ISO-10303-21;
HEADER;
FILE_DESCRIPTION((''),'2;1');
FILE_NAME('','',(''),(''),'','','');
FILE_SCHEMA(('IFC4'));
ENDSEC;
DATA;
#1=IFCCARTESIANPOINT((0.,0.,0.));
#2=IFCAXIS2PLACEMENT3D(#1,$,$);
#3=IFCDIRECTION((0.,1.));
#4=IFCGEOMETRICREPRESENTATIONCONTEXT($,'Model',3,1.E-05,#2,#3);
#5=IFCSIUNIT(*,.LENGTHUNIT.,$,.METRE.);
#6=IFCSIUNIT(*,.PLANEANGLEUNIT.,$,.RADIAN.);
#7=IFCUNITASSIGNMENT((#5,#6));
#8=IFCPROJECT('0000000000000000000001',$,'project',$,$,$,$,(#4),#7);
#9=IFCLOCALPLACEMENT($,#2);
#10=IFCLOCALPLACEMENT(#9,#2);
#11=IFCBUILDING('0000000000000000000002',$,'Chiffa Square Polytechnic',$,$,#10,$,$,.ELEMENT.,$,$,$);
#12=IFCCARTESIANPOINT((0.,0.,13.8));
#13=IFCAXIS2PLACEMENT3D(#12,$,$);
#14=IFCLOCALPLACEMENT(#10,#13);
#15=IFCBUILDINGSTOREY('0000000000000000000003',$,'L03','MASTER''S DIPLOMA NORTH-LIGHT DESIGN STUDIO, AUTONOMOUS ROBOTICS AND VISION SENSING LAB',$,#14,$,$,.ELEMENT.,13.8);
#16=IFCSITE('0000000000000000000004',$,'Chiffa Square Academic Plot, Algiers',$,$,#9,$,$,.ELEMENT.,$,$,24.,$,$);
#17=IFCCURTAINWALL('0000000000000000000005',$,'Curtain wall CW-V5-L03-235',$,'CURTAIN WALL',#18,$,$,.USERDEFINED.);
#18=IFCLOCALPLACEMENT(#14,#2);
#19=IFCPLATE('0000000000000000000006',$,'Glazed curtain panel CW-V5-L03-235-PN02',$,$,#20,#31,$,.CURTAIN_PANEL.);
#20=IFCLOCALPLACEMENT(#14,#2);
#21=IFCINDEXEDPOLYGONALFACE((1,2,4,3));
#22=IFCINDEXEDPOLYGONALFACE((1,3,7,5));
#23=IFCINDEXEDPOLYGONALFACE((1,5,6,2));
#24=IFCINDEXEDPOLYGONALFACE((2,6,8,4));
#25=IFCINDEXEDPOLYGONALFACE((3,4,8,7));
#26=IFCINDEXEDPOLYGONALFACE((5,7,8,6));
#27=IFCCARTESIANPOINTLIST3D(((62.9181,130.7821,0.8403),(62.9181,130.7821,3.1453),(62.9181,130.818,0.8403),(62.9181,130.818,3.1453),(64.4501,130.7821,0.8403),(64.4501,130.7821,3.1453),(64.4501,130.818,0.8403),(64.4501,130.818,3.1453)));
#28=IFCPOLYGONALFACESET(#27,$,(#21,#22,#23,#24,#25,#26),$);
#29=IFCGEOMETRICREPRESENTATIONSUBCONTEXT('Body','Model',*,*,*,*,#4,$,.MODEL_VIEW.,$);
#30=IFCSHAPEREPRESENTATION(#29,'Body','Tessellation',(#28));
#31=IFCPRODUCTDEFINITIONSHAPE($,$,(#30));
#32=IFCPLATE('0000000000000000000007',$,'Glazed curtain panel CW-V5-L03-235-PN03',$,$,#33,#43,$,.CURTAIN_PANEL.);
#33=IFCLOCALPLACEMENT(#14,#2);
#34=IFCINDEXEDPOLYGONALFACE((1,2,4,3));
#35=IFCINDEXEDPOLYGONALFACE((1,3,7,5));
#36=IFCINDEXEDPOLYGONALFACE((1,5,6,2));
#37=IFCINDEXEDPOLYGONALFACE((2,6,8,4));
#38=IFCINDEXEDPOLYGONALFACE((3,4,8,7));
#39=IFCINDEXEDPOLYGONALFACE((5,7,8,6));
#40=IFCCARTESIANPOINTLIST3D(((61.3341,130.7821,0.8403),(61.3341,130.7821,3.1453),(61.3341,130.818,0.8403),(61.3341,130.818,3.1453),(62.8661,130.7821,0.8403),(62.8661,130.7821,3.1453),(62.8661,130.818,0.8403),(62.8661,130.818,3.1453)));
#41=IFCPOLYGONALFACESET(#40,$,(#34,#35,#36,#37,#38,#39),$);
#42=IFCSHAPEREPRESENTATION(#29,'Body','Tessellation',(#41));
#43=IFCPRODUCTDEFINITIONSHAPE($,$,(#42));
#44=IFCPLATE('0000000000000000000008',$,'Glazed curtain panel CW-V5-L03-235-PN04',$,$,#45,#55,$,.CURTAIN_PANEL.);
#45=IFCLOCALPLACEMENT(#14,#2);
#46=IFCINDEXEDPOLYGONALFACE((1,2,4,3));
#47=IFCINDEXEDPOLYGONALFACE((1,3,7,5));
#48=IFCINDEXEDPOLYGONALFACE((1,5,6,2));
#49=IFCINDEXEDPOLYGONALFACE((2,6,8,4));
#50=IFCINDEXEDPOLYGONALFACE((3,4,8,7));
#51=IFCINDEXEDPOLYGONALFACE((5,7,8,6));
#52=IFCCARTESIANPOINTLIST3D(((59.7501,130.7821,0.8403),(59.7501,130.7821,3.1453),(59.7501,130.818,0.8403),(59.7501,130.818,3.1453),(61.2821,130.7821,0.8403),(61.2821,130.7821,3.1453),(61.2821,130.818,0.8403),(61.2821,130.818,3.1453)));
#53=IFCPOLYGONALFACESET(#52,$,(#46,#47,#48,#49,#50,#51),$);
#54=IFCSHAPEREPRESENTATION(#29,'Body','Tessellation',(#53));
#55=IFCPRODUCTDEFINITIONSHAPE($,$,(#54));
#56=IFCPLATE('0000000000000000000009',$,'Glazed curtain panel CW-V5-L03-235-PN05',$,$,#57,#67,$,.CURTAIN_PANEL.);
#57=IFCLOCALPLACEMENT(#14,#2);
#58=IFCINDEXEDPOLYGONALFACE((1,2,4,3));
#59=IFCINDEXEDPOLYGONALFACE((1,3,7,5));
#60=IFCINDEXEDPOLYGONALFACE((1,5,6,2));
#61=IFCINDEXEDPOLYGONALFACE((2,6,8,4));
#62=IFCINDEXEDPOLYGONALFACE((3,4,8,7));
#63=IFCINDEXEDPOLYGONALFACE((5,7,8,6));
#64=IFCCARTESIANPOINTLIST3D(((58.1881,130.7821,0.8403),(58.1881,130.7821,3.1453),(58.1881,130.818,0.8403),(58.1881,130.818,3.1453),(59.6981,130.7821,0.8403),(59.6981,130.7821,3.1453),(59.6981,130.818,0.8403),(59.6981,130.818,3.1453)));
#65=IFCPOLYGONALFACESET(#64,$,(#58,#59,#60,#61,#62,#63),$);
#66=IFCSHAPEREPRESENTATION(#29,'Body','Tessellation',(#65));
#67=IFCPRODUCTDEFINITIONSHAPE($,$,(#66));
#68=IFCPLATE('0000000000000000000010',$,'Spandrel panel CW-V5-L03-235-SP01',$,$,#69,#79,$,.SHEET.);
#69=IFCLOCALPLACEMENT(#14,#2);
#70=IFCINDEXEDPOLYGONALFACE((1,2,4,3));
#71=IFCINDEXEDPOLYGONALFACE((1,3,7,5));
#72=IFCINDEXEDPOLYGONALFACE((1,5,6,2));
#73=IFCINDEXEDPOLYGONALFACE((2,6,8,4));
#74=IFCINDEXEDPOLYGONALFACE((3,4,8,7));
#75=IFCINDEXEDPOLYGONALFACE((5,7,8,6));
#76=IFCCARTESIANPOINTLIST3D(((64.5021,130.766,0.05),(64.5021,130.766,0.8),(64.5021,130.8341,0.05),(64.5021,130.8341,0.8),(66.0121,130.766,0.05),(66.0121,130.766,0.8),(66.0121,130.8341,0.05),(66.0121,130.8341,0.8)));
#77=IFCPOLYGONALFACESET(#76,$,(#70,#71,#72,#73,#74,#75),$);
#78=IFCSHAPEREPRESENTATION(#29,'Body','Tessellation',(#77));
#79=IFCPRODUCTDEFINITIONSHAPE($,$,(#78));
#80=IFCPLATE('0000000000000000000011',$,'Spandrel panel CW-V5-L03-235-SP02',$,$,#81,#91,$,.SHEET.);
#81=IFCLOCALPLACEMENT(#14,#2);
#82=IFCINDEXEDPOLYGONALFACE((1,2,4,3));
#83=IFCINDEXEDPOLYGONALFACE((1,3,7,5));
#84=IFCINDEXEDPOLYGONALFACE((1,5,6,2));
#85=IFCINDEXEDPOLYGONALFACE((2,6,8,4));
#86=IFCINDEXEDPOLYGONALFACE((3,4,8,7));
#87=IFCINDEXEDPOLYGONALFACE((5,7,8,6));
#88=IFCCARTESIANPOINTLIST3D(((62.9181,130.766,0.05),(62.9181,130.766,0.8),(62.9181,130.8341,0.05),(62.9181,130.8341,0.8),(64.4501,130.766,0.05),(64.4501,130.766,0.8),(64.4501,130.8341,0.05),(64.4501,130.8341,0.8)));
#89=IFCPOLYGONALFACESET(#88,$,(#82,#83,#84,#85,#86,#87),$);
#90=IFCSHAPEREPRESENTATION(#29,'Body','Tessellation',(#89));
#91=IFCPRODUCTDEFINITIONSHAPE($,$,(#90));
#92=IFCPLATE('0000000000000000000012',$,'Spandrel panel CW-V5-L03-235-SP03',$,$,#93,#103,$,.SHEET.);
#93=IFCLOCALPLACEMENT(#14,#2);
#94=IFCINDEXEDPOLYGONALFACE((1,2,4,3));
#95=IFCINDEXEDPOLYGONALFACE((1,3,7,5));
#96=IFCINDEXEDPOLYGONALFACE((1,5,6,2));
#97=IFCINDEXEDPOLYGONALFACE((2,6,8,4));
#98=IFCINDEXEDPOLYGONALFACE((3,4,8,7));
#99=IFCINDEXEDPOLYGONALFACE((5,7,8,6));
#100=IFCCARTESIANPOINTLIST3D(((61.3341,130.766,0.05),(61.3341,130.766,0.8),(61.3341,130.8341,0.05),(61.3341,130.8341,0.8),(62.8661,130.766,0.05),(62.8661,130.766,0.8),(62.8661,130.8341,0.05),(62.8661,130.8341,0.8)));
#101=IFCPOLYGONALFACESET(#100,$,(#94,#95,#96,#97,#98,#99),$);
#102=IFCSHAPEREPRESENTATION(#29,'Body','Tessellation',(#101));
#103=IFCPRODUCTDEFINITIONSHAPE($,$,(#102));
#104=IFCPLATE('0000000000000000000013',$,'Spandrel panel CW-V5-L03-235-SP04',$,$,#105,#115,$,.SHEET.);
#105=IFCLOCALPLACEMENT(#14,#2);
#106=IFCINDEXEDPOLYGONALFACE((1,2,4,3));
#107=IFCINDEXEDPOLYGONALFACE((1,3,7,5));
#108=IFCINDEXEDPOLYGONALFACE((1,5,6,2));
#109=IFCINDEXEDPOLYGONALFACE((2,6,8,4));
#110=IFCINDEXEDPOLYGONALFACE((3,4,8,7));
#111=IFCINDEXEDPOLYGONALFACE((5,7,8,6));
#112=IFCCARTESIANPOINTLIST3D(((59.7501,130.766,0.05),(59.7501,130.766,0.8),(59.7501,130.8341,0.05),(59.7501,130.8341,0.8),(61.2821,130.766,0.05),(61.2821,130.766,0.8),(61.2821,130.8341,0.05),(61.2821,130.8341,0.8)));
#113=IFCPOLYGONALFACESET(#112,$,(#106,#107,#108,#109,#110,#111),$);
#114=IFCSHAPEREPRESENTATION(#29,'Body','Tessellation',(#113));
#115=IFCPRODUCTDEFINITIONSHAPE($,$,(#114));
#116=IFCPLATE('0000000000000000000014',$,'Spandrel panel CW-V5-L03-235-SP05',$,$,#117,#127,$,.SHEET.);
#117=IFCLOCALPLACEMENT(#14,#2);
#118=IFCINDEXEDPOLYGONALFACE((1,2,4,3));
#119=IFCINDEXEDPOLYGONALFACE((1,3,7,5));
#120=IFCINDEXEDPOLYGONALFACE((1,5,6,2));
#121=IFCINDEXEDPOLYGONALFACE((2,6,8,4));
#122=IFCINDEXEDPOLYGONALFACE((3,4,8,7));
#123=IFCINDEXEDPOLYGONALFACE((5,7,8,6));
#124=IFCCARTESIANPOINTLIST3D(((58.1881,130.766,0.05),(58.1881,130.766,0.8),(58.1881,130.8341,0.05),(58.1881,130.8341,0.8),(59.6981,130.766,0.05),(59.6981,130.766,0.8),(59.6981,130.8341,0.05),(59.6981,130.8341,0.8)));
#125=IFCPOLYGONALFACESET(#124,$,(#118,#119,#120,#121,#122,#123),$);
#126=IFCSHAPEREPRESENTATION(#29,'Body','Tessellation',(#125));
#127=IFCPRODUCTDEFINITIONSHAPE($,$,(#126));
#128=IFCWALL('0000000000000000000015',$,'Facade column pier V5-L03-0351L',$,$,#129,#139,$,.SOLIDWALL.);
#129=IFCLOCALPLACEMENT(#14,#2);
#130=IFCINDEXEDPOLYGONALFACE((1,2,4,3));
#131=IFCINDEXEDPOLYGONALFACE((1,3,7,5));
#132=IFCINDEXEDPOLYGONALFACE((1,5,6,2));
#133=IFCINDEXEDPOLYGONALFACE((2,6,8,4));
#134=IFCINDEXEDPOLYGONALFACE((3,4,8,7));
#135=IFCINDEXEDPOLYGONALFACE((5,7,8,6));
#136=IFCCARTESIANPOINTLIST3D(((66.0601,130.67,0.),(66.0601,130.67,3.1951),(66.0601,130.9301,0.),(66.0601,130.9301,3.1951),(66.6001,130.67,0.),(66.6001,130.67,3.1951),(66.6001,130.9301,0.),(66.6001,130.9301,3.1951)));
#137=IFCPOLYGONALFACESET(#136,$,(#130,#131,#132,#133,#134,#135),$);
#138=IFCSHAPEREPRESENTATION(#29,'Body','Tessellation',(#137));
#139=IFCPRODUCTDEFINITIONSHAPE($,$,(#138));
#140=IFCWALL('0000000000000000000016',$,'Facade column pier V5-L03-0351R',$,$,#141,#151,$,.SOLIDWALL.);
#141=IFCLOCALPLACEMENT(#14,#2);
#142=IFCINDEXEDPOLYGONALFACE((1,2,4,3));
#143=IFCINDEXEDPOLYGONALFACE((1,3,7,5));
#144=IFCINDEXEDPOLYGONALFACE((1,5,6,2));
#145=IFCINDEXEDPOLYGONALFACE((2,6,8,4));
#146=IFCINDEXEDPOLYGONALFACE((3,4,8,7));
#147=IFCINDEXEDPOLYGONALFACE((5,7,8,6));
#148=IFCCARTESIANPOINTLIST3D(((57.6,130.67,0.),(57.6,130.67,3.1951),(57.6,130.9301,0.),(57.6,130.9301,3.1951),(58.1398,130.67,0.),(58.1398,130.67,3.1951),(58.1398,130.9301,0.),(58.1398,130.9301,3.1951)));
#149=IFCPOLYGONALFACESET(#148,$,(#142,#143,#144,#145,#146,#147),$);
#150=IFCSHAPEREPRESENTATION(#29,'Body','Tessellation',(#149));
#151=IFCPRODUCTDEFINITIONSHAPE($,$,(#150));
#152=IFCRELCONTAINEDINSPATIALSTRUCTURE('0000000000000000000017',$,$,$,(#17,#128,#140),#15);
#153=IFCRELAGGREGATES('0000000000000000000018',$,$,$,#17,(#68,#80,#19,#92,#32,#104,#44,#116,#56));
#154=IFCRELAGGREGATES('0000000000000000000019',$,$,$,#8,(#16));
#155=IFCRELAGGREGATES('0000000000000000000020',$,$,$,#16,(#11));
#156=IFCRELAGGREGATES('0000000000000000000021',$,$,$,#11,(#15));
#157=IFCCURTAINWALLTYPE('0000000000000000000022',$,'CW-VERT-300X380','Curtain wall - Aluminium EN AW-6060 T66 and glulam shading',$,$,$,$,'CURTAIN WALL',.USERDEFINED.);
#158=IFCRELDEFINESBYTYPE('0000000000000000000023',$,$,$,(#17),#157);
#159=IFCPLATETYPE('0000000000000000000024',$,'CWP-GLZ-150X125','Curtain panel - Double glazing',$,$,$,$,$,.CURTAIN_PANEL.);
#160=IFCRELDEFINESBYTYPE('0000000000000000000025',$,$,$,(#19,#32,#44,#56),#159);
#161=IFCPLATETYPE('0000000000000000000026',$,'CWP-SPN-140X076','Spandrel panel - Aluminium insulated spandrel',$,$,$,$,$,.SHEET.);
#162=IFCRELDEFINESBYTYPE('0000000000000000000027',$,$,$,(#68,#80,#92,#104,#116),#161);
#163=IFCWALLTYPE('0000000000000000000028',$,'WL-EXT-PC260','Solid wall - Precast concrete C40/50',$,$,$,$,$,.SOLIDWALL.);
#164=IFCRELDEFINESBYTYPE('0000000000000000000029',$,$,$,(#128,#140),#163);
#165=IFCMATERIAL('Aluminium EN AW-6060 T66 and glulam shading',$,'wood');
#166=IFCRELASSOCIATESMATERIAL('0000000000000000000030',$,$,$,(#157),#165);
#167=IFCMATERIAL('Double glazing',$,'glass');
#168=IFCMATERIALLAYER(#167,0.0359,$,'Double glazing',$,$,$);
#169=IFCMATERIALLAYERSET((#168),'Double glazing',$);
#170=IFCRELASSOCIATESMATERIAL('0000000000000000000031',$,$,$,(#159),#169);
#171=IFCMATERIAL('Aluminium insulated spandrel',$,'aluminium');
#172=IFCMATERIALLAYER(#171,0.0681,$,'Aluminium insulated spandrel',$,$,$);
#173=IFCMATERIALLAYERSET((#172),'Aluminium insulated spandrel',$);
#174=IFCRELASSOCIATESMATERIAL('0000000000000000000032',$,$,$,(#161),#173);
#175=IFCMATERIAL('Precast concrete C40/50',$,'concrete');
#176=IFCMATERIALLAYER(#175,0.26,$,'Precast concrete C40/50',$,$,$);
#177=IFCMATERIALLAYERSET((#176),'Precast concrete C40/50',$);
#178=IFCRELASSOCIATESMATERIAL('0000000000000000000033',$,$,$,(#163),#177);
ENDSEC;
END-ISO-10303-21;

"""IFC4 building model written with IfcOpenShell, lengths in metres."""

from ifc_helpers import new_model, si_unit, direction, frame, frame_2d, origin, origin_2d, place, context, subcontext, project, spatial, rectangle, extrude, material, layer, layer_set, type_object, element, aggregate, save


model = new_model("IFC4")

# Units and contexts
model_context = context("Model", 3, precision=1e-05, world=origin(), true_north=direction((0.0, 1.0)))
body_context = subcontext(model_context, "Body", "Model", "MODEL_VIEW")
ifc_project = project(units=[si_unit("LENGTHUNIT", "METRE"), si_unit("PLANEANGLEUNIT", "RADIAN")], contexts=[model_context])

# Site, building, storey
site_placement = place(None, origin())
site = spatial("IfcSite", under=ifc_project, at=site_placement, Name="Chiffa Square Academic Plot, Algiers", CompositionType="ELEMENT", RefElevation=24.0)
building_placement = place(site_placement, origin())
building = spatial("IfcBuilding", under=site, at=building_placement, Name="Chiffa Square Polytechnic", CompositionType="ELEMENT")
storey_placement = place(building_placement, frame((0.0, 0.0, 13.8)))
storey = spatial("IfcBuildingStorey", under=building, at=storey_placement, Name="L03", Description="MASTER'S DIPLOMA NORTH-LIGHT DESIGN STUDIO, AUTONOMOUS ROBOTICS AND VISION SENSING LAB", CompositionType="ELEMENT", Elevation=13.8)

# Curtain wall
ifc_material_1 = material(Name="Aluminium EN AW-6060 T66 and glulam shading", Category="wood")
curtain_wall_type = type_object("IfcCurtainWallType", Name="CW-VERT-300X380", Description="Curtain wall - Aluminium EN AW-6060 T66 and glulam shading", ElementType="CURTAIN WALL", PredefinedType="USERDEFINED", material=ifc_material_1)
curtain_wall_placement = place(storey_placement, origin())
curtain_wall = element("IfcCurtainWall", 1, at=curtain_wall_placement, inside=storey, type_object=curtain_wall_type, Name="Curtain wall CW-V5-L03-235", ObjectType="CURTAIN WALL", PredefinedType="USERDEFINED")

# Plates
ifc_material_2 = material(Name="Double glazing", Category="glass")
ifc_layer_1 = layer(ifc_material_2, 0.0359, Name="Double glazing")
ifc_layer_set_1 = layer_set([ifc_layer_1], Name="Double glazing")
plate_type_1 = type_object("IfcPlateType", Name="CWP-GLZ-150X125", Description="Curtain panel - Double glazing", PredefinedType="CURTAIN_PANEL", material=ifc_layer_set_1)
plate_1_placement = place(storey_placement, frame((63.6841, 130.8, 0.8403), z_axis=(0.0, 0.0, 1.0), x_axis=(-1.0, 0.0, 0.0)))
plate_1 = element("IfcPlate", 2, at=plate_1_placement, type_object=plate_type_1, Name="Glazed curtain panel CW-V5-L03-235-PN02", PredefinedType="CURTAIN_PANEL", context=body_context, shape_type="SweptSolid", body=[
    extrude(rectangle(XDim=1.532, YDim=0.0359, at=origin_2d()), origin(), (0.0, 0.0, 1.0), 2.3049),
])
plate_2_placement = place(storey_placement, frame((62.1001, 130.8, 0.8403), z_axis=(0.0, 0.0, 1.0), x_axis=(-1.0, 0.0, 0.0)))
plate_2 = element("IfcPlate", 3, at=plate_2_placement, type_object=plate_type_1, Name="Glazed curtain panel CW-V5-L03-235-PN03", PredefinedType="CURTAIN_PANEL", context=body_context, shape_type="SweptSolid", body=[
    extrude(rectangle(XDim=1.532, YDim=0.0359, at=origin_2d()), origin(), (0.0, 0.0, 1.0), 2.3049),
])
plate_3_placement = place(storey_placement, frame((60.5161, 130.8, 0.8403), z_axis=(0.0, 0.0, 1.0), x_axis=(-1.0, 0.0, 0.0)))
plate_3 = element("IfcPlate", 4, at=plate_3_placement, type_object=plate_type_1, Name="Glazed curtain panel CW-V5-L03-235-PN04", PredefinedType="CURTAIN_PANEL", context=body_context, shape_type="SweptSolid", body=[
    extrude(rectangle(XDim=1.532, YDim=0.0359, at=origin_2d()), origin(), (0.0, 0.0, 1.0), 2.3049),
])
plate_4_placement = place(storey_placement, frame((58.9431, 130.8, 0.8403), z_axis=(0.0, 0.0, 1.0), x_axis=(-1.0, 0.0, 0.0)))
plate_4 = element("IfcPlate", 5, at=plate_4_placement, type_object=plate_type_1, Name="Glazed curtain panel CW-V5-L03-235-PN05", PredefinedType="CURTAIN_PANEL", context=body_context, shape_type="SweptSolid", body=[
    extrude(rectangle(XDim=1.51, YDim=0.0359, at=origin_2d()), origin(), (0.0, 0.0, 1.0), 2.3049),
])
ifc_material_3 = material(Name="Aluminium insulated spandrel", Category="aluminium")
ifc_layer_2 = layer(ifc_material_3, 0.0681, Name="Aluminium insulated spandrel")
ifc_layer_set_2 = layer_set([ifc_layer_2], Name="Aluminium insulated spandrel")
plate_type_2 = type_object("IfcPlateType", Name="CWP-SPN-140X076", Description="Spandrel panel - Aluminium insulated spandrel", PredefinedType="SHEET", material=ifc_layer_set_2)
plate_5_placement = place(storey_placement, frame((65.2571, 130.8, 0.05), z_axis=(0.0, 0.0, 1.0), x_axis=(-1.0, 0.0, 0.0)))
plate_5 = element("IfcPlate", 6, at=plate_5_placement, type_object=plate_type_2, Name="Spandrel panel CW-V5-L03-235-SP01", PredefinedType="SHEET", context=body_context, shape_type="SweptSolid", body=[
    extrude(rectangle(XDim=1.51, YDim=0.0681, at=origin_2d()), origin(), (0.0, 0.0, 1.0), 0.75),
])
plate_6_placement = place(storey_placement, frame((63.6841, 130.8, 0.05), z_axis=(0.0, 0.0, 1.0), x_axis=(-1.0, 0.0, 0.0)))
plate_6 = element("IfcPlate", 7, at=plate_6_placement, type_object=plate_type_2, Name="Spandrel panel CW-V5-L03-235-SP02", PredefinedType="SHEET", context=body_context, shape_type="SweptSolid", body=[
    extrude(rectangle(XDim=1.532, YDim=0.0681, at=origin_2d()), origin(), (0.0, 0.0, 1.0), 0.75),
])
plate_7_placement = place(storey_placement, frame((62.1001, 130.8, 0.05), z_axis=(0.0, 0.0, 1.0), x_axis=(-1.0, 0.0, 0.0)))
plate_7 = element("IfcPlate", 8, at=plate_7_placement, type_object=plate_type_2, Name="Spandrel panel CW-V5-L03-235-SP03", PredefinedType="SHEET", context=body_context, shape_type="SweptSolid", body=[
    extrude(rectangle(XDim=1.532, YDim=0.0681, at=origin_2d()), origin(), (0.0, 0.0, 1.0), 0.75),
])
plate_8_placement = place(storey_placement, frame((60.5161, 130.8, 0.05), z_axis=(0.0, 0.0, 1.0), x_axis=(-1.0, 0.0, 0.0)))
plate_8 = element("IfcPlate", 9, at=plate_8_placement, type_object=plate_type_2, Name="Spandrel panel CW-V5-L03-235-SP04", PredefinedType="SHEET", context=body_context, shape_type="SweptSolid", body=[
    extrude(rectangle(XDim=1.532, YDim=0.0681, at=origin_2d()), origin(), (0.0, 0.0, 1.0), 0.75),
])
plate_9_placement = place(storey_placement, frame((58.9431, 130.8, 0.05), z_axis=(0.0, 0.0, 1.0), x_axis=(-1.0, 0.0, 0.0)))
plate_9 = element("IfcPlate", 10, at=plate_9_placement, type_object=plate_type_2, Name="Spandrel panel CW-V5-L03-235-SP05", PredefinedType="SHEET", context=body_context, shape_type="SweptSolid", body=[
    extrude(rectangle(XDim=1.51, YDim=0.0681, at=origin_2d()), origin(), (0.0, 0.0, 1.0), 0.75),
])
aggregate(curtain_wall, [plate_5, plate_6, plate_1, plate_7, plate_2, plate_8, plate_3, plate_9, plate_4])

# Walls
ifc_material_4 = material(Name="Precast concrete C40/50", Category="concrete")
ifc_layer_3 = layer(ifc_material_4, 0.26, Name="Precast concrete C40/50")
ifc_layer_set_3 = layer_set([ifc_layer_3], Name="Precast concrete C40/50")
wall_type = type_object("IfcWallType", Name="WL-EXT-PC260", Description="Solid wall - Precast concrete C40/50", PredefinedType="SOLIDWALL", material=ifc_layer_set_3)
wall_1_placement = place(storey_placement, frame((66.6001, 130.8, 0.0), z_axis=(0.0, 0.0, 1.0), x_axis=(-1.0, 0.0, 0.0)))
element("IfcWall", 11, at=wall_1_placement, inside=storey, type_object=wall_type, Name="Facade column pier V5-L03-0351L", PredefinedType="SOLIDWALL", context=body_context, shape_type="SweptSolid", body=[
    extrude(rectangle(XDim=0.54, YDim=0.26, at=frame_2d((0.27, 0.0))), origin(), (0.0, 0.0, 1.0), 3.1951),
])
wall_2_placement = place(storey_placement, frame((58.1399, 130.8, 0.0), z_axis=(0.0, 0.0, 1.0), x_axis=(-1.0, 0.0, 0.0)))
element("IfcWall", 12, at=wall_2_placement, inside=storey, type_object=wall_type, Name="Facade column pier V5-L03-0351R", PredefinedType="SOLIDWALL", context=body_context, shape_type="SweptSolid", body=[
    extrude(rectangle(XDim=0.5398, YDim=0.26, at=frame_2d((0.27, 0.0))), origin(), (0.0, 0.0, 1.0), 3.1951),
])

save(model, "model.ifc")
